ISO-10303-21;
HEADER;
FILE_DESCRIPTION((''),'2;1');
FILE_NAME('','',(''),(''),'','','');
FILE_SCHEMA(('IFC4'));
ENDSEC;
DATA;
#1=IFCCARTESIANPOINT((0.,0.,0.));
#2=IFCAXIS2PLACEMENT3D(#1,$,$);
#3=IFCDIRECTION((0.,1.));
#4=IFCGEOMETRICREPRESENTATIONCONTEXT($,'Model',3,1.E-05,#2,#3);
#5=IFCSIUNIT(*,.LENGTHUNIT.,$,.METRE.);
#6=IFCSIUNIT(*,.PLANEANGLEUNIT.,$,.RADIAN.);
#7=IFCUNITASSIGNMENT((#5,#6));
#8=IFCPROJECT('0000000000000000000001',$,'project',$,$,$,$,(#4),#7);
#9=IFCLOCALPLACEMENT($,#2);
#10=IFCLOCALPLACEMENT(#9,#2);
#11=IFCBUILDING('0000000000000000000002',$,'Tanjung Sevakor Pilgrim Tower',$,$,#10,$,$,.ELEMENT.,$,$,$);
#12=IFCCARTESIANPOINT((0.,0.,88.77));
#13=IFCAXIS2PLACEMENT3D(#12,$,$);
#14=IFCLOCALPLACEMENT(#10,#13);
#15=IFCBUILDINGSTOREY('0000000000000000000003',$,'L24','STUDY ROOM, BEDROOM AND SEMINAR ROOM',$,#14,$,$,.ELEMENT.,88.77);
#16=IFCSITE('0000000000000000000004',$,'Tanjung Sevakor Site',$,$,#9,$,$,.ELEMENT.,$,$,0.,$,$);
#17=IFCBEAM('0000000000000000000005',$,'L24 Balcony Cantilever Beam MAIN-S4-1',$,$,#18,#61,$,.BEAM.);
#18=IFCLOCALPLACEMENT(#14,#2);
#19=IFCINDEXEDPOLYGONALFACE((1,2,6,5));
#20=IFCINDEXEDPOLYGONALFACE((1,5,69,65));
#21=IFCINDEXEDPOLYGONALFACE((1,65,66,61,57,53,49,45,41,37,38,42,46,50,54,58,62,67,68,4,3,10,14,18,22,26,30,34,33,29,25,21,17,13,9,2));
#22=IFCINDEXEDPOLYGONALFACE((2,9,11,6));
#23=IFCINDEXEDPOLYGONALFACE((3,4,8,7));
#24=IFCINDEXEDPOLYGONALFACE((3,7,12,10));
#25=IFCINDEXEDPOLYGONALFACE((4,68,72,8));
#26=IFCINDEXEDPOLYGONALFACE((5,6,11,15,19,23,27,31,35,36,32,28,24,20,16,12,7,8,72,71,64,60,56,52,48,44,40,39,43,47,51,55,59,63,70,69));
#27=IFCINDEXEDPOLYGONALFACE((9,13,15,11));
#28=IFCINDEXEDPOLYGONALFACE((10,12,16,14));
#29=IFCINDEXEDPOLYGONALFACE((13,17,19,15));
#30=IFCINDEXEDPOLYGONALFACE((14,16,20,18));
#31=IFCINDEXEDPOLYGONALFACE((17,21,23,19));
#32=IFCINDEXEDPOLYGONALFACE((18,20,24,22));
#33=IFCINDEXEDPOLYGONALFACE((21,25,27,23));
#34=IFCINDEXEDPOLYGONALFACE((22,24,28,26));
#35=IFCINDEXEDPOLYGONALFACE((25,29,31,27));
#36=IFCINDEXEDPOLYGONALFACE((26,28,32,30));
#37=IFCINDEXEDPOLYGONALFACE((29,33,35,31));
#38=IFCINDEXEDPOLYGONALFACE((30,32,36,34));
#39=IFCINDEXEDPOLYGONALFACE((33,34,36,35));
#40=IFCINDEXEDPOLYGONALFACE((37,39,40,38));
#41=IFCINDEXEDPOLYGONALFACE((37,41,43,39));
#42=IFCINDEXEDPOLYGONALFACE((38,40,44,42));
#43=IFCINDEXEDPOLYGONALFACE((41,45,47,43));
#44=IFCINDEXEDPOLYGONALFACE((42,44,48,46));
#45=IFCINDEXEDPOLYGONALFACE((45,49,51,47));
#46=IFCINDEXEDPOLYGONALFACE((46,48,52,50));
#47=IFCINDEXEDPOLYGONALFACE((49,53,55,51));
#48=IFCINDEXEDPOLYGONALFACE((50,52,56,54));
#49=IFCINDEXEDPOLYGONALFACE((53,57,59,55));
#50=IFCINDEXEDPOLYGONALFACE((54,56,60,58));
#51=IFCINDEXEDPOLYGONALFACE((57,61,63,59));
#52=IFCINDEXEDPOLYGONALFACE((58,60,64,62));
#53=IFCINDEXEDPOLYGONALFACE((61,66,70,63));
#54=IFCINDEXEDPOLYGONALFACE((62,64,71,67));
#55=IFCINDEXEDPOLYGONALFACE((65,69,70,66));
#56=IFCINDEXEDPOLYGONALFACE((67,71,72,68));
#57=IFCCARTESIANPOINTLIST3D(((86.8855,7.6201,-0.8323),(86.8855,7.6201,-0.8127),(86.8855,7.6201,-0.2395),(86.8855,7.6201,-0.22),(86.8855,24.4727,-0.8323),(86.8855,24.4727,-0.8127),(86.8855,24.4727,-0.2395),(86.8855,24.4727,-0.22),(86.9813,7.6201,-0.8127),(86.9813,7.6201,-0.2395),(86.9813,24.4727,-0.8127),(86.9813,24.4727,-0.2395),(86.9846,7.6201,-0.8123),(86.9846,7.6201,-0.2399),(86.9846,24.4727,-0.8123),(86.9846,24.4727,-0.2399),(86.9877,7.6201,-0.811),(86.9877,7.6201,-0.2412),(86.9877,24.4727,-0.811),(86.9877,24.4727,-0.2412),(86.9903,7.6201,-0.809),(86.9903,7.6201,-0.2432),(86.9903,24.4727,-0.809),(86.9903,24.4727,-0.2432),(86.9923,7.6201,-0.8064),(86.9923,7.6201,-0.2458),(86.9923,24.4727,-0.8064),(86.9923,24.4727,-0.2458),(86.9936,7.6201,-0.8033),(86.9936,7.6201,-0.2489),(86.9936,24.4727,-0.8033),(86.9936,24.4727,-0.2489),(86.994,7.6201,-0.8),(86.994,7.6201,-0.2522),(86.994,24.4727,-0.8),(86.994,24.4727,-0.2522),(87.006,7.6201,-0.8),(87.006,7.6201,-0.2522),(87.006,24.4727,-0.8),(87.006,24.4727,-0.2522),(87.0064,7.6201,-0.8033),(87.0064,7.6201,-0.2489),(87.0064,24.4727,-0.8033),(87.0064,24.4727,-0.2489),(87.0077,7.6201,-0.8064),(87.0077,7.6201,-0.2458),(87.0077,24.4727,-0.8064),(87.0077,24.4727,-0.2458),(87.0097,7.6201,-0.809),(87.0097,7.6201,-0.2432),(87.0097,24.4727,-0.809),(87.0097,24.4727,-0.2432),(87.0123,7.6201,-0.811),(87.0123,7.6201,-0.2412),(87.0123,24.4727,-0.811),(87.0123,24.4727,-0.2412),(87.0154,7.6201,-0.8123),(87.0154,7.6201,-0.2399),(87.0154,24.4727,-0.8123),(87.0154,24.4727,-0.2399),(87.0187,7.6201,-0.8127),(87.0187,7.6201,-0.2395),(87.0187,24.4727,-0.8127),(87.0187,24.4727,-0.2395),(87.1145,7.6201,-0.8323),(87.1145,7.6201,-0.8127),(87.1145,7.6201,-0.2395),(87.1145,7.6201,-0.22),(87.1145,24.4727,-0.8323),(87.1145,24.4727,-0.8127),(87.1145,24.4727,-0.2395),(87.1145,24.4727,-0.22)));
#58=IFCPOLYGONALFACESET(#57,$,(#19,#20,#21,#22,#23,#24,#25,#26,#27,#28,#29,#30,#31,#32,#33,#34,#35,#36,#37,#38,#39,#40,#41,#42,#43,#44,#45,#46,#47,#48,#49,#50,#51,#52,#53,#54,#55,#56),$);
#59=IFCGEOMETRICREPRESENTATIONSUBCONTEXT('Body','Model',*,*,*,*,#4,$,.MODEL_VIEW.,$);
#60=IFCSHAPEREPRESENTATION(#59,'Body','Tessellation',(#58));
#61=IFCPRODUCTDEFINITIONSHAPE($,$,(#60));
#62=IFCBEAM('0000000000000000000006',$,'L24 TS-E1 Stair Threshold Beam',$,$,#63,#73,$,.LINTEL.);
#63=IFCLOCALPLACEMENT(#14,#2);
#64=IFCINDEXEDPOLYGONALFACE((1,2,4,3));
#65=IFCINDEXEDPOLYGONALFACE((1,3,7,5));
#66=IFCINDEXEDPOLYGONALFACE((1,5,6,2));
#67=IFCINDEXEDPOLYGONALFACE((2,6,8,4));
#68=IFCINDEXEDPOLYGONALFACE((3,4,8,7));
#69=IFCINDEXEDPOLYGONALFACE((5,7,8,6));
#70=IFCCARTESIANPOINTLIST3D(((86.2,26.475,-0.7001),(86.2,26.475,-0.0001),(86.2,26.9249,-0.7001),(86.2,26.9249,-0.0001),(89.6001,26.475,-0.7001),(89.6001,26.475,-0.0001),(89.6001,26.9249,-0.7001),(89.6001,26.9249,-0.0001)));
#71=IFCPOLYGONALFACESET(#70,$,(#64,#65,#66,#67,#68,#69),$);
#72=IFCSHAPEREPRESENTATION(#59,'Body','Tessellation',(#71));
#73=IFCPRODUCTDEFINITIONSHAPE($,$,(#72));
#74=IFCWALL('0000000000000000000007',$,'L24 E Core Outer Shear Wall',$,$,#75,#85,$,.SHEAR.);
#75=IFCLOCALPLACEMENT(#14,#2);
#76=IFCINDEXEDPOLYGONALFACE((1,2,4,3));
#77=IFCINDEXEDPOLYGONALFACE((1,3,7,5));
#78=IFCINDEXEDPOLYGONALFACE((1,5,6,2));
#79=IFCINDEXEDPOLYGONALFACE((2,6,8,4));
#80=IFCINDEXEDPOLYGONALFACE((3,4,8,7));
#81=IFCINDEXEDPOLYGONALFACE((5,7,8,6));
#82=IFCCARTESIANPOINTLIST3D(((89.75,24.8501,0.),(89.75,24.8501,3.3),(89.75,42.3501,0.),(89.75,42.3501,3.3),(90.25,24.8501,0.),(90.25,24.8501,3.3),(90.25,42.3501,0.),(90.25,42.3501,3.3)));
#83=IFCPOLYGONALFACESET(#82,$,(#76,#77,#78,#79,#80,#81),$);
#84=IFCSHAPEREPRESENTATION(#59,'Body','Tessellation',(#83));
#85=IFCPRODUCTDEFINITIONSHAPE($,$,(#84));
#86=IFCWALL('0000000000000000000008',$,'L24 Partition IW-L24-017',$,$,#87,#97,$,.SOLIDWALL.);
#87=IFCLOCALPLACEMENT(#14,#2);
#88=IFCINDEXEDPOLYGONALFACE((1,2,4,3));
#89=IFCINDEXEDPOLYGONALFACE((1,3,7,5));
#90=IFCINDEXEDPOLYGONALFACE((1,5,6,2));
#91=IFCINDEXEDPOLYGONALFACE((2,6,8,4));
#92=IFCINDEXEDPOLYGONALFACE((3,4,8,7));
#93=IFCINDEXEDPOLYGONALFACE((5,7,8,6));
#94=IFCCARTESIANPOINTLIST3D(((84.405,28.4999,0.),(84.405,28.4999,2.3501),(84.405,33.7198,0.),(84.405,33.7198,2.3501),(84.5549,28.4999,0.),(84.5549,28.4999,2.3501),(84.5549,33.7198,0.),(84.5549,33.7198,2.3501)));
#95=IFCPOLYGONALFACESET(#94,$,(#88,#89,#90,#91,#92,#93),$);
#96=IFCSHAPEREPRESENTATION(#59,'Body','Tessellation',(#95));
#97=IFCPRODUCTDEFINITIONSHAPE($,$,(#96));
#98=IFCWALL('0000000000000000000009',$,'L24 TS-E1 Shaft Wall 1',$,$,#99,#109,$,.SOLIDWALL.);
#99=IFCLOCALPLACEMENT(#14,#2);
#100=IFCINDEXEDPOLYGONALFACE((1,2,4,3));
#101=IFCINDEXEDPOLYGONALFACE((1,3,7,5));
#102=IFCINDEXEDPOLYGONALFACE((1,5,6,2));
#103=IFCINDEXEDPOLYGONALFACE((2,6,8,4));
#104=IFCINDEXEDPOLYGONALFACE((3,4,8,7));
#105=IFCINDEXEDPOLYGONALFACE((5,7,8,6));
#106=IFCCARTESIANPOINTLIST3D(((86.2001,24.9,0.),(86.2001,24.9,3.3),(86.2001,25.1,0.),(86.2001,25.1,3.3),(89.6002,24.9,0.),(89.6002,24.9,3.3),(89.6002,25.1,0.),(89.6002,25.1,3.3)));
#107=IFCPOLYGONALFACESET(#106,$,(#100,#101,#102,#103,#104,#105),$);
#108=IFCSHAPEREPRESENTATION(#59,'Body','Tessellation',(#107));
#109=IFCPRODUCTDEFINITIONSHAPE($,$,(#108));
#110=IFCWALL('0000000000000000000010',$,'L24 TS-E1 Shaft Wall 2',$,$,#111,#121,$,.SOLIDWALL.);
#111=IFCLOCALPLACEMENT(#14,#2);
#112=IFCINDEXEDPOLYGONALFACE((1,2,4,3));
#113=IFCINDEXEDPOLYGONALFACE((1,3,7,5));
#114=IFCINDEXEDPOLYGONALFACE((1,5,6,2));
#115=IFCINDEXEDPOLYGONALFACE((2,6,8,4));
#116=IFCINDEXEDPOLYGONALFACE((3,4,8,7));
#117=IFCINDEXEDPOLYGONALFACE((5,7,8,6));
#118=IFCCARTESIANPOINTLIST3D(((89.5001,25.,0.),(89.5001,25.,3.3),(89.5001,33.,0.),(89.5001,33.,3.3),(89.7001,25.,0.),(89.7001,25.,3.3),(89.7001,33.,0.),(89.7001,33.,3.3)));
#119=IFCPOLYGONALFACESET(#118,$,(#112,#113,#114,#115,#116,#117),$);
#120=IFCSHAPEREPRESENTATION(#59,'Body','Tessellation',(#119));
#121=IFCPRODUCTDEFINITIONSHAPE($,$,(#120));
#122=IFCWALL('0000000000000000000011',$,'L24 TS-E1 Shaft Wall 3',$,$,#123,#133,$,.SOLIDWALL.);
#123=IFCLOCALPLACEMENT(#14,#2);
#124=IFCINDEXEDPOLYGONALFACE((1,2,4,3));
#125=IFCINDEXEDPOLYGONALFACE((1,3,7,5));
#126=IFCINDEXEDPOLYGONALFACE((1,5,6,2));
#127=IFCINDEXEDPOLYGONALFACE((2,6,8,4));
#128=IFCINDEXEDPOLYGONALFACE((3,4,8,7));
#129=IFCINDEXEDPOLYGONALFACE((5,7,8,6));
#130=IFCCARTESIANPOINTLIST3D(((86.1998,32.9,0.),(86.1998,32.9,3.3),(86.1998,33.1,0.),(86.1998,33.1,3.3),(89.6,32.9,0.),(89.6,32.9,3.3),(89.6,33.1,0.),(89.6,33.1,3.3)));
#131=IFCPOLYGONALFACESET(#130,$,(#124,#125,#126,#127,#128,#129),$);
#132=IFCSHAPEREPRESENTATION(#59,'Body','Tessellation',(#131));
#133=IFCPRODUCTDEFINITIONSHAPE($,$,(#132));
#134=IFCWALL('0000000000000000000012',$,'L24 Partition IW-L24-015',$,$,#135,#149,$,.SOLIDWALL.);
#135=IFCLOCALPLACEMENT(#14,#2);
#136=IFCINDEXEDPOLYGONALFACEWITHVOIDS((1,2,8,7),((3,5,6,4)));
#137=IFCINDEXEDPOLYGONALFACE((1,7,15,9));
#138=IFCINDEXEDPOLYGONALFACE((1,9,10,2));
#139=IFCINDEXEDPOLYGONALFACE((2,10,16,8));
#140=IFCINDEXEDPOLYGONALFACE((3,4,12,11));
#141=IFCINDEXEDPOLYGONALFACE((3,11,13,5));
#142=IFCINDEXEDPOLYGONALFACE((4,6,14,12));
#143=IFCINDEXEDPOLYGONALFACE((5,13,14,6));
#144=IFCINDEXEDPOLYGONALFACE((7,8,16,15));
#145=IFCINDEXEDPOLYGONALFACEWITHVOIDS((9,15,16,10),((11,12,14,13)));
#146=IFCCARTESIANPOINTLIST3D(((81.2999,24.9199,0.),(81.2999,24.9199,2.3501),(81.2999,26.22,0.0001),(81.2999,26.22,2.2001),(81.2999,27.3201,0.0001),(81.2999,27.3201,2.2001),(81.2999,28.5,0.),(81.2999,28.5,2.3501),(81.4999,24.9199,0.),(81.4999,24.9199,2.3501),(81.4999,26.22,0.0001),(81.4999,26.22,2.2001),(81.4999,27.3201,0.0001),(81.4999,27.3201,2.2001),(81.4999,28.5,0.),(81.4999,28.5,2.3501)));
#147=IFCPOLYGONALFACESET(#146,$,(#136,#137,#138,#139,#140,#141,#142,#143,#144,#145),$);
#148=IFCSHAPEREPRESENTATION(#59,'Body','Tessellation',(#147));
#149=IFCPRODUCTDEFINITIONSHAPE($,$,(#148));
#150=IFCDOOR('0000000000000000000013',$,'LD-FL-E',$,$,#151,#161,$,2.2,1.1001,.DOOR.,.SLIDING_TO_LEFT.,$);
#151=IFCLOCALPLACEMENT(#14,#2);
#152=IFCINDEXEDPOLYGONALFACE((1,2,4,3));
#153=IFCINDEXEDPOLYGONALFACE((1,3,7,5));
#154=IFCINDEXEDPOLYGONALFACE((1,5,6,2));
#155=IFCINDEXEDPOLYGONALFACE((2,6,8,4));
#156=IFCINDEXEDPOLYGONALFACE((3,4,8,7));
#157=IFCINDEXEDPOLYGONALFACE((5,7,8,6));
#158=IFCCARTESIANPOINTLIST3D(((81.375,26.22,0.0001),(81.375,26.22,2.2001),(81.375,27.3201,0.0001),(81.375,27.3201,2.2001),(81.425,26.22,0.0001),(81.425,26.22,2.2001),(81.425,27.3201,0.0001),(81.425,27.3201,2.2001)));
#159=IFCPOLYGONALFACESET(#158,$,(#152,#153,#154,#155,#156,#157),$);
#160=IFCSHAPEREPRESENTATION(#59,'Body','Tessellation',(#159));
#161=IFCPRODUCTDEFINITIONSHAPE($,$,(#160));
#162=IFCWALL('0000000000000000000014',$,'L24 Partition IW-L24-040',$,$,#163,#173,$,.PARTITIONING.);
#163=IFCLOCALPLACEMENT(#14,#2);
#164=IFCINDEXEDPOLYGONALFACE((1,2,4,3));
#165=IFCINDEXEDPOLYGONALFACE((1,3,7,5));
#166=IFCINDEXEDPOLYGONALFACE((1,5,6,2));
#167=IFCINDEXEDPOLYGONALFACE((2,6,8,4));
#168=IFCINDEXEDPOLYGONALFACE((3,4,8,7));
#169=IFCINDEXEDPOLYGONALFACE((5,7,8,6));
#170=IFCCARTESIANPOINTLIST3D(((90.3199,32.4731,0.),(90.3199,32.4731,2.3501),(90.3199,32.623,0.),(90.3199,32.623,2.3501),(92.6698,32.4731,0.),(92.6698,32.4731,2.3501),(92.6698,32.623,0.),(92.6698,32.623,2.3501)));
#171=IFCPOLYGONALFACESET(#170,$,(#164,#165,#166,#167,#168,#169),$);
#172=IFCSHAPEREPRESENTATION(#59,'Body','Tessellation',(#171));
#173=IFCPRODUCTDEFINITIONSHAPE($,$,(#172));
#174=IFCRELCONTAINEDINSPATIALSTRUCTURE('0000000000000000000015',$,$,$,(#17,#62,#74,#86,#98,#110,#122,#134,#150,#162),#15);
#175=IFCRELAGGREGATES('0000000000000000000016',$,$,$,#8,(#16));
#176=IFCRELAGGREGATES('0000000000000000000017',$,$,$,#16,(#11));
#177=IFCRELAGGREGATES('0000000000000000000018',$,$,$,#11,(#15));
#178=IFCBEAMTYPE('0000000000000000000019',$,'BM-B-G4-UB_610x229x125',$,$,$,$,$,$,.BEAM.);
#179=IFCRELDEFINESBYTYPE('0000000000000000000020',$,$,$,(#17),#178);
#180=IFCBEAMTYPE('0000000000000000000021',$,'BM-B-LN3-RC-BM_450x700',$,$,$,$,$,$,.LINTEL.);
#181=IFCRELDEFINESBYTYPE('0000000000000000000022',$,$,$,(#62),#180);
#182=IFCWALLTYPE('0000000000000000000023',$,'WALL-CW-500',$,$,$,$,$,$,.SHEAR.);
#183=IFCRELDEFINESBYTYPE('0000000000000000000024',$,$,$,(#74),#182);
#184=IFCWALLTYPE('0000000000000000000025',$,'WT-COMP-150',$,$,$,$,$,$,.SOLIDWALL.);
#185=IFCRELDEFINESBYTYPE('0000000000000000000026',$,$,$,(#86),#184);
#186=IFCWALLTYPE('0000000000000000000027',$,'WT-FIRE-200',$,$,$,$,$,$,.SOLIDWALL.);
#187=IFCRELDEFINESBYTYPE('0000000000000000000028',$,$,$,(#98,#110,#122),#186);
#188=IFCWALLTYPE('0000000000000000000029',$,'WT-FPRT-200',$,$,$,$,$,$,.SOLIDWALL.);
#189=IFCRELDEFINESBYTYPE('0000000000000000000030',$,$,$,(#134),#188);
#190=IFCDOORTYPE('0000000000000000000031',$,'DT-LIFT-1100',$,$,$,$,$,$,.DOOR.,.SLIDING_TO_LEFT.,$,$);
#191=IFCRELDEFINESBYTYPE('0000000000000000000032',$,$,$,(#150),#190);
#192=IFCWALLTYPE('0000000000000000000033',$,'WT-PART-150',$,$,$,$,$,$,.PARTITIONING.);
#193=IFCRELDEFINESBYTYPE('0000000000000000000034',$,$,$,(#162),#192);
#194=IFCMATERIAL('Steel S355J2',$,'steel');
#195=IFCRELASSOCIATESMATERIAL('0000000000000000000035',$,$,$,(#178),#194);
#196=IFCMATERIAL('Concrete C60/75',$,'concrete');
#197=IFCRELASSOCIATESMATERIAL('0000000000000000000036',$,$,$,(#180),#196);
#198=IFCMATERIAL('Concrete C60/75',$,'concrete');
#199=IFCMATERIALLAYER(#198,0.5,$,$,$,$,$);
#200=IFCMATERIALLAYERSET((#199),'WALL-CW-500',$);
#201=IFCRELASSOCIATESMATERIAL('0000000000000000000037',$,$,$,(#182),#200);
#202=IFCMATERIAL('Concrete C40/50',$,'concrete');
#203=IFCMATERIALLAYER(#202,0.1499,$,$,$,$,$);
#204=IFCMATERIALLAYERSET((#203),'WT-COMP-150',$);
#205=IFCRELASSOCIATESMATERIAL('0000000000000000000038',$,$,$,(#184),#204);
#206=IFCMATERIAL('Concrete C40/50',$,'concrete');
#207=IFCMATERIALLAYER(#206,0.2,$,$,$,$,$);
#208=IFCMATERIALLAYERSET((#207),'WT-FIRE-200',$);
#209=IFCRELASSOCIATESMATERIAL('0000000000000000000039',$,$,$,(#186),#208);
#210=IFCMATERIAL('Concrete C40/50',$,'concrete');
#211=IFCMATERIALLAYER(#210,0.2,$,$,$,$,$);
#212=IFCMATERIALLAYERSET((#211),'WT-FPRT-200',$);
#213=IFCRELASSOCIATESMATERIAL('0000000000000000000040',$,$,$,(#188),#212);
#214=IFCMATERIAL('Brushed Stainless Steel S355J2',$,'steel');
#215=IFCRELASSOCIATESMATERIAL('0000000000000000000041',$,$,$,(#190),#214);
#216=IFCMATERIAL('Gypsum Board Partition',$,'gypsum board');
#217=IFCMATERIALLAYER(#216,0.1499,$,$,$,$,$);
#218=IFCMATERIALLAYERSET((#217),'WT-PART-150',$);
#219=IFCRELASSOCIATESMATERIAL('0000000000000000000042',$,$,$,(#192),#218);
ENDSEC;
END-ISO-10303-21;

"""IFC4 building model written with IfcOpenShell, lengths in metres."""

from ifc_helpers import new_model, si_unit, direction, frame, frame_2d, origin, origin_2d, place, context, subcontext, project, spatial, rectangle, i_section, extrude, material, layer, layer_set, material_profile, profile_set, type_object, element, fill, save


model = new_model("IFC4")

# Units and contexts
model_context = context("Model", 3, precision=1e-05, world=origin(), true_north=direction((0.0, 1.0)))
body_context = subcontext(model_context, "Body", "Model", "MODEL_VIEW")
ifc_project = project(units=[si_unit("LENGTHUNIT", "METRE"), si_unit("PLANEANGLEUNIT", "RADIAN")], contexts=[model_context])

# Site, building, storey
site_placement = place(None, origin())
site = spatial("IfcSite", under=ifc_project, at=site_placement, Name="Tanjung Sevakor Site", CompositionType="ELEMENT", RefElevation=0.0)
building_placement = place(site_placement, origin())
building = spatial("IfcBuilding", under=site, at=building_placement, Name="Tanjung Sevakor Pilgrim Tower", CompositionType="ELEMENT")
storey_placement = place(building_placement, frame((0.0, 0.0, 88.77)))
storey = spatial("IfcBuildingStorey", under=building, at=storey_placement, Name="L24", Description="STUDY ROOM, BEDROOM AND SEMINAR ROOM", CompositionType="ELEMENT", Elevation=88.77)

# Beams
ifc_material_1 = material(Name="Steel S355J2", Category="steel")
ifc_material_profile_1 = material_profile(ifc_material_1, i_section(OverallWidth=0.229, OverallDepth=0.6123, WebThickness=0.012, FlangeThickness=0.0195, FilletRadius=0.0127, at=origin_2d()))
ifc_profile_set_1 = profile_set([ifc_material_profile_1], Name="Steel S355J2")
beam_type_1 = type_object("IfcBeamType", Name="BM-B-G4-UB_610x229x125", PredefinedType="BEAM", material=ifc_profile_set_1)
for number, where, z_axis, x_axis, name in (
    (1, (87.0, 24.4727, -0.5261), (0.0, -1.0, 0.0), (1.0, 0.0, 0.0), "L24 Balcony Cantilever Beam MAIN-S4-1"),
):
    element("IfcBeam", number, at=place(storey_placement, frame(where, z_axis=z_axis, x_axis=x_axis)), inside=storey, type_object=beam_type_1, Name=name, PredefinedType="BEAM", context=body_context, shape_type="SweptSolid", body=[
        extrude(i_section(OverallWidth=0.229, OverallDepth=0.6123, WebThickness=0.012, FlangeThickness=0.0195, FilletRadius=0.0127, at=origin_2d()), origin(), (0.0, 0.0, 1.0), 16.8525),
    ])
ifc_material_2 = material(Name="Concrete C60/75", Category="concrete")
ifc_material_profile_2 = material_profile(ifc_material_2, rectangle(XDim=0.45, YDim=0.7, at=origin_2d()))
ifc_profile_set_2 = profile_set([ifc_material_profile_2], Name="Concrete C60/75")
beam_type_2 = type_object("IfcBeamType", Name="BM-B-LN3-RC-BM_450x700", PredefinedType="LINTEL", material=ifc_profile_set_2)
beam_1_placement = place(storey_placement, frame((86.2, 26.7, -0.3501), z_axis=(1.0, 0.0, 0.0), x_axis=(0.0, 1.0, 0.0)))
element("IfcBeam", 2, at=beam_1_placement, inside=storey, type_object=beam_type_2, Name="L24 TS-E1 Stair Threshold Beam", PredefinedType="LINTEL", context=body_context, shape_type="SweptSolid", body=[
    extrude(rectangle(XDim=0.45, YDim=0.7, at=origin_2d()), origin(), (0.0, 0.0, 1.0), 3.4001),
])

# Wall
ifc_material_3 = material(Name="Concrete C60/75", Category="concrete")
ifc_layer_1 = layer(ifc_material_3, 0.5)
ifc_layer_set_1 = layer_set([ifc_layer_1], Name="WALL-CW-500")
wall_type_1 = type_object("IfcWallType", Name="WALL-CW-500", PredefinedType="SHEAR", material=ifc_layer_set_1)
wall_1_placement = place(storey_placement, frame((90.0, 24.8501, 0.0), z_axis=(0.0, 0.0, 1.0), x_axis=(0.0, 1.0, 0.0)))
element("IfcWall", 3, at=wall_1_placement, inside=storey, type_object=wall_type_1, Name="L24 E Core Outer Shear Wall", PredefinedType="SHEAR", context=body_context, shape_type="SweptSolid", body=[
    extrude(rectangle(XDim=17.5, YDim=0.5, at=frame_2d((8.75, 0.0))), origin(), (0.0, 0.0, 1.0), 3.3),
])

# Wall
ifc_material_4 = material(Name="Concrete C40/50", Category="concrete")
ifc_layer_2 = layer(ifc_material_4, 0.1499)
ifc_layer_set_2 = layer_set([ifc_layer_2], Name="WT-COMP-150")
wall_type_2 = type_object("IfcWallType", Name="WT-COMP-150", PredefinedType="SOLIDWALL", material=ifc_layer_set_2)
wall_2_placement = place(storey_placement, frame((84.48, 28.5, 0.0), z_axis=(0.0, 0.0, 1.0), x_axis=(0.0, 1.0, 0.0)))
element("IfcWall", 4, at=wall_2_placement, inside=storey, type_object=wall_type_2, Name="L24 Partition IW-L24-017", PredefinedType="SOLIDWALL", context=body_context, shape_type="SweptSolid", body=[
    extrude(rectangle(XDim=5.22, YDim=0.1499, at=frame_2d((2.6099, 0.0))), origin(), (0.0, 0.0, 1.0), 2.3501),
])

# Walls
ifc_material_5 = material(Name="Concrete C40/50", Category="concrete")
ifc_layer_3 = layer(ifc_material_5, 0.2)
ifc_layer_set_3 = layer_set([ifc_layer_3], Name="WT-FIRE-200")
wall_type_3 = type_object("IfcWallType", Name="WT-FIRE-200", PredefinedType="SOLIDWALL", material=ifc_layer_set_3)
wall_3_placement = place(storey_placement, frame((86.2, 25.0, 0.0), z_axis=(0.0, 0.0, 1.0), x_axis=(1.0, 0.0, 0.0)))
element("IfcWall", 5, at=wall_3_placement, inside=storey, type_object=wall_type_3, Name="L24 TS-E1 Shaft Wall 1", PredefinedType="SOLIDWALL", context=body_context, shape_type="SweptSolid", body=[
    extrude(rectangle(XDim=3.4001, YDim=0.2, at=frame_2d((1.7002, 0.0))), origin(), (0.0, 0.0, 1.0), 3.3),
])
wall_4_placement = place(storey_placement, frame((89.6001, 25.0, 0.0), z_axis=(0.0, 0.0, 1.0), x_axis=(0.0, 1.0, 0.0)))
element("IfcWall", 6, at=wall_4_placement, inside=storey, type_object=wall_type_3, Name="L24 TS-E1 Shaft Wall 2", PredefinedType="SOLIDWALL", context=body_context, shape_type="SweptSolid", body=[
    extrude(rectangle(XDim=8.0, YDim=0.2, at=frame_2d((4.0, 0.0))), origin(), (0.0, 0.0, 1.0), 3.3),
])
wall_5_placement = place(storey_placement, frame((89.6001, 33.0, 0.0), z_axis=(0.0, 0.0, 1.0), x_axis=(-1.0, 0.0, 0.0)))
element("IfcWall", 7, at=wall_5_placement, inside=storey, type_object=wall_type_3, Name="L24 TS-E1 Shaft Wall 3", PredefinedType="SOLIDWALL", context=body_context, shape_type="SweptSolid", body=[
    extrude(rectangle(XDim=3.4001, YDim=0.2, at=frame_2d((1.7002, 0.0))), origin(), (0.0, 0.0, 1.0), 3.3),
])

# Wall, opening, door
ifc_material_6 = material(Name="Concrete C40/50", Category="concrete")
ifc_layer_4 = layer(ifc_material_6, 0.2)
ifc_layer_set_4 = layer_set([ifc_layer_4], Name="WT-FPRT-200")
wall_type_4 = type_object("IfcWallType", Name="WT-FPRT-200", PredefinedType="SOLIDWALL", material=ifc_layer_set_4)
wall_6_placement = place(storey_placement, frame((81.3999, 24.9199, 0.0), z_axis=(0.0, 0.0, 1.0), x_axis=(0.0, 1.0, 0.0)))
wall_6 = element("IfcWall", 8, at=wall_6_placement, inside=storey, type_object=wall_type_4, Name="L24 Partition IW-L24-015", PredefinedType="SOLIDWALL", context=body_context, shape_type="SweptSolid", body=[
    extrude(rectangle(XDim=3.5801, YDim=0.2, at=frame_2d((1.79, 0.0))), origin(), (0.0, 0.0, 1.0), 2.3501),
])
opening_1_placement = place(wall_6_placement, frame((1.3, 0.0, 0.0)))
opening_1 = element("IfcOpeningElement", 9, at=opening_1_placement, cuts=wall_6, PredefinedType="OPENING", context=body_context, shape_type="SweptSolid", body=[
    extrude(rectangle(XDim=1.1001, YDim=2.2, at=frame_2d((0.55, 1.1001))), frame((0.0, 0.1099, 0.0), z_axis=(0.0, -1.0, 0.0), x_axis=(1.0, 0.0, 0.0)), (0.0, 0.0, 1.0), 0.22),
])
ifc_material_7 = material(Name="Brushed Stainless Steel S355J2", Category="steel")
door_type_1 = type_object("IfcDoorType", Name="DT-LIFT-1100", OperationType="SLIDING_TO_LEFT", PredefinedType="DOOR", material=ifc_material_7)
door_1_placement = place(opening_1_placement, origin())
door_1 = element("IfcDoor", 10, at=door_1_placement, inside=storey, type_object=door_type_1, Name="LD-FL-E", OperationType="SLIDING_TO_LEFT", OverallHeight=2.2, OverallWidth=1.1001, PredefinedType="DOOR", context=body_context, shape_type="SweptSolid", body=[
    extrude(rectangle(XDim=1.1001, YDim=2.2, at=frame_2d((0.55, 1.1001))), frame((0.0, 0.0249, 0.0), z_axis=(0.0, -1.0, 0.0), x_axis=(1.0, 0.0, 0.0)), (0.0, 0.0, 1.0), 0.05),
])
fill(opening_1, door_1)

# Wall
ifc_material_8 = material(Name="Gypsum Board Partition", Category="gypsum board")
ifc_layer_5 = layer(ifc_material_8, 0.1499)
ifc_layer_set_5 = layer_set([ifc_layer_5], Name="WT-PART-150")
wall_type_5 = type_object("IfcWallType", Name="WT-PART-150", PredefinedType="PARTITIONING", material=ifc_layer_set_5)
wall_7_placement = place(storey_placement, frame((90.3201, 32.5481, 0.0), z_axis=(0.0, 0.0, 1.0), x_axis=(1.0, 0.0, 0.0)))
element("IfcWall", 11, at=wall_7_placement, inside=storey, type_object=wall_type_5, Name="L24 Partition IW-L24-040", PredefinedType="PARTITIONING", context=body_context, shape_type="SweptSolid", body=[
    extrude(rectangle(XDim=2.3499, YDim=0.1499, at=frame_2d((1.1748, 0.0))), origin(), (0.0, 0.0, 1.0), 2.3501),
])

save(model, "model.ifc")
